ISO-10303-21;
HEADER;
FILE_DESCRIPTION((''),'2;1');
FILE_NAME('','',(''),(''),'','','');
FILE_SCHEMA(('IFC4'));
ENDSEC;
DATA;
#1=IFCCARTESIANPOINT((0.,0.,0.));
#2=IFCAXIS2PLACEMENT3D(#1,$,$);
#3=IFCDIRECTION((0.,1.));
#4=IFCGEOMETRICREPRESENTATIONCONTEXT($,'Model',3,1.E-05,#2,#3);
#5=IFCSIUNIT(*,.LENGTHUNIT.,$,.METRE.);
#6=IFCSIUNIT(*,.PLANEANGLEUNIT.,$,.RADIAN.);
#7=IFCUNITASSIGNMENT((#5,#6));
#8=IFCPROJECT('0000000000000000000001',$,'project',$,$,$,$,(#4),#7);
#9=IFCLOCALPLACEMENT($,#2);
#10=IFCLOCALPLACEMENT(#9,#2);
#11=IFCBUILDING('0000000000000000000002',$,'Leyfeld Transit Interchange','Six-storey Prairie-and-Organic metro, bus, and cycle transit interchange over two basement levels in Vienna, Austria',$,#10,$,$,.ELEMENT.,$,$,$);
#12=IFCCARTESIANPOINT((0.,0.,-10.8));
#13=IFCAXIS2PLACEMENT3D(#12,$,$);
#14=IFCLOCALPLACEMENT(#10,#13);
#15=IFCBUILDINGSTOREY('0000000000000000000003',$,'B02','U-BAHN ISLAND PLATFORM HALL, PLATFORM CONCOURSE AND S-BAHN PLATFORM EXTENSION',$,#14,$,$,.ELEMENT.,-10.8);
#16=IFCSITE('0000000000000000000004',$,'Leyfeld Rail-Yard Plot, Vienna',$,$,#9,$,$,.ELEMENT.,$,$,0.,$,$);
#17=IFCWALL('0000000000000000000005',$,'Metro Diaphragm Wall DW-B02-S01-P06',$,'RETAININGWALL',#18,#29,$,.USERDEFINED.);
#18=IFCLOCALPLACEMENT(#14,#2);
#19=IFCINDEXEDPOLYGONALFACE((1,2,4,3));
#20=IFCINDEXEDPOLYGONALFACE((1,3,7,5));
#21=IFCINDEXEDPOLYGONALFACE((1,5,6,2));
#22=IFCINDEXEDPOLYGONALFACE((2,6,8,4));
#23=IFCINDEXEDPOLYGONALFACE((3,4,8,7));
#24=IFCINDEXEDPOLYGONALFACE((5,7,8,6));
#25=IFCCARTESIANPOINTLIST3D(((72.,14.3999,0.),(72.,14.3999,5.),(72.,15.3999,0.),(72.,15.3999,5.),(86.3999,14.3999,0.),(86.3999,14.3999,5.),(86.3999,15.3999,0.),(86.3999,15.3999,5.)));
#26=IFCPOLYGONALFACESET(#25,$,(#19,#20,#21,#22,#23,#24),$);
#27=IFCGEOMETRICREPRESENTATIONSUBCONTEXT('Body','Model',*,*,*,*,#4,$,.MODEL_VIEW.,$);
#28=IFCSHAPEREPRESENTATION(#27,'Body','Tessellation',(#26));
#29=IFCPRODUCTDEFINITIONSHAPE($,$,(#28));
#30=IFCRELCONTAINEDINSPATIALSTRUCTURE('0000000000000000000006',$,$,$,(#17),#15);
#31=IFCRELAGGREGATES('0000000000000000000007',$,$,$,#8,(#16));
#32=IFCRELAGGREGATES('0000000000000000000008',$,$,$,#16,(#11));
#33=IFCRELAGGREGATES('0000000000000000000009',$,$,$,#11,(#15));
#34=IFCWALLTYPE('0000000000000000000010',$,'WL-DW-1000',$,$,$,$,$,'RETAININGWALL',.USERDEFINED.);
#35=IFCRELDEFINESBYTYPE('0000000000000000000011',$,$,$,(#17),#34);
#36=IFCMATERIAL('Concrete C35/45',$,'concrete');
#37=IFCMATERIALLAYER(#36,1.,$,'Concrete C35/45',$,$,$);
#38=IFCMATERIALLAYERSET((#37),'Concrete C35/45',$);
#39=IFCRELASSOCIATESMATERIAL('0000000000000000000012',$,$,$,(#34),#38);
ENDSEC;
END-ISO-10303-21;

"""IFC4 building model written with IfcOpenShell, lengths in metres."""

from ifc_helpers import new_model, si_unit, direction, frame, frame_2d, origin, place, context, subcontext, project, spatial, rectangle, extrude, material, layer, layer_set, type_object, element, save


model = new_model("IFC4")

# Units and contexts
model_context = context("Model", 3, precision=1e-05, world=origin(), true_north=direction((0.0, 1.0)))
body_context = subcontext(model_context, "Body", "Model", "MODEL_VIEW")
ifc_project = project(units=[si_unit("LENGTHUNIT", "METRE"), si_unit("PLANEANGLEUNIT", "RADIAN")], contexts=[model_context])

# Site, building, storey
site_placement = place(None, origin())
site = spatial("IfcSite", under=ifc_project, at=site_placement, Name="Leyfeld Rail-Yard Plot, Vienna", CompositionType="ELEMENT", RefElevation=0.0)
building_placement = place(site_placement, origin())
building = spatial("IfcBuilding", under=site, at=building_placement, Name="Leyfeld Transit Interchange", Description="Six-storey Prairie-and-Organic metro, bus, and cycle transit interchange over two basement levels in Vienna, Austria", CompositionType="ELEMENT")
storey_placement = place(building_placement, frame((0.0, 0.0, -10.8)))
storey = spatial("IfcBuildingStorey", under=building, at=storey_placement, Name="B02", Description="U-BAHN ISLAND PLATFORM HALL, PLATFORM CONCOURSE AND S-BAHN PLATFORM EXTENSION", CompositionType="ELEMENT", Elevation=-10.8)

# Shared definitions
ifc_material = material(Name="Concrete C35/45", Category="concrete")

# Wall
ifc_layer = layer(ifc_material, 1.0, Name="Concrete C35/45")
ifc_layer_set = layer_set([ifc_layer], Name="Concrete C35/45")
wall_type = type_object("IfcWallType", Name="WL-DW-1000", ElementType="RETAININGWALL", PredefinedType="USERDEFINED", material=ifc_layer_set)
wall_placement = place(storey_placement, frame((86.3999, 14.8999, 0.0), z_axis=(0.0, 0.0, 1.0), x_axis=(-1.0, 0.0, 0.0)))
element("IfcWall", 1, at=wall_placement, inside=storey, type_object=wall_type, Name="Metro Diaphragm Wall DW-B02-S01-P06", ObjectType="RETAININGWALL", PredefinedType="USERDEFINED", context=body_context, shape_type="SweptSolid", body=[
    extrude(rectangle(XDim=14.3999, YDim=1.0, at=frame_2d((7.2, 0.0))), origin(), (0.0, 0.0, 1.0), 5.0),
])

save(model, "model.ifc")
